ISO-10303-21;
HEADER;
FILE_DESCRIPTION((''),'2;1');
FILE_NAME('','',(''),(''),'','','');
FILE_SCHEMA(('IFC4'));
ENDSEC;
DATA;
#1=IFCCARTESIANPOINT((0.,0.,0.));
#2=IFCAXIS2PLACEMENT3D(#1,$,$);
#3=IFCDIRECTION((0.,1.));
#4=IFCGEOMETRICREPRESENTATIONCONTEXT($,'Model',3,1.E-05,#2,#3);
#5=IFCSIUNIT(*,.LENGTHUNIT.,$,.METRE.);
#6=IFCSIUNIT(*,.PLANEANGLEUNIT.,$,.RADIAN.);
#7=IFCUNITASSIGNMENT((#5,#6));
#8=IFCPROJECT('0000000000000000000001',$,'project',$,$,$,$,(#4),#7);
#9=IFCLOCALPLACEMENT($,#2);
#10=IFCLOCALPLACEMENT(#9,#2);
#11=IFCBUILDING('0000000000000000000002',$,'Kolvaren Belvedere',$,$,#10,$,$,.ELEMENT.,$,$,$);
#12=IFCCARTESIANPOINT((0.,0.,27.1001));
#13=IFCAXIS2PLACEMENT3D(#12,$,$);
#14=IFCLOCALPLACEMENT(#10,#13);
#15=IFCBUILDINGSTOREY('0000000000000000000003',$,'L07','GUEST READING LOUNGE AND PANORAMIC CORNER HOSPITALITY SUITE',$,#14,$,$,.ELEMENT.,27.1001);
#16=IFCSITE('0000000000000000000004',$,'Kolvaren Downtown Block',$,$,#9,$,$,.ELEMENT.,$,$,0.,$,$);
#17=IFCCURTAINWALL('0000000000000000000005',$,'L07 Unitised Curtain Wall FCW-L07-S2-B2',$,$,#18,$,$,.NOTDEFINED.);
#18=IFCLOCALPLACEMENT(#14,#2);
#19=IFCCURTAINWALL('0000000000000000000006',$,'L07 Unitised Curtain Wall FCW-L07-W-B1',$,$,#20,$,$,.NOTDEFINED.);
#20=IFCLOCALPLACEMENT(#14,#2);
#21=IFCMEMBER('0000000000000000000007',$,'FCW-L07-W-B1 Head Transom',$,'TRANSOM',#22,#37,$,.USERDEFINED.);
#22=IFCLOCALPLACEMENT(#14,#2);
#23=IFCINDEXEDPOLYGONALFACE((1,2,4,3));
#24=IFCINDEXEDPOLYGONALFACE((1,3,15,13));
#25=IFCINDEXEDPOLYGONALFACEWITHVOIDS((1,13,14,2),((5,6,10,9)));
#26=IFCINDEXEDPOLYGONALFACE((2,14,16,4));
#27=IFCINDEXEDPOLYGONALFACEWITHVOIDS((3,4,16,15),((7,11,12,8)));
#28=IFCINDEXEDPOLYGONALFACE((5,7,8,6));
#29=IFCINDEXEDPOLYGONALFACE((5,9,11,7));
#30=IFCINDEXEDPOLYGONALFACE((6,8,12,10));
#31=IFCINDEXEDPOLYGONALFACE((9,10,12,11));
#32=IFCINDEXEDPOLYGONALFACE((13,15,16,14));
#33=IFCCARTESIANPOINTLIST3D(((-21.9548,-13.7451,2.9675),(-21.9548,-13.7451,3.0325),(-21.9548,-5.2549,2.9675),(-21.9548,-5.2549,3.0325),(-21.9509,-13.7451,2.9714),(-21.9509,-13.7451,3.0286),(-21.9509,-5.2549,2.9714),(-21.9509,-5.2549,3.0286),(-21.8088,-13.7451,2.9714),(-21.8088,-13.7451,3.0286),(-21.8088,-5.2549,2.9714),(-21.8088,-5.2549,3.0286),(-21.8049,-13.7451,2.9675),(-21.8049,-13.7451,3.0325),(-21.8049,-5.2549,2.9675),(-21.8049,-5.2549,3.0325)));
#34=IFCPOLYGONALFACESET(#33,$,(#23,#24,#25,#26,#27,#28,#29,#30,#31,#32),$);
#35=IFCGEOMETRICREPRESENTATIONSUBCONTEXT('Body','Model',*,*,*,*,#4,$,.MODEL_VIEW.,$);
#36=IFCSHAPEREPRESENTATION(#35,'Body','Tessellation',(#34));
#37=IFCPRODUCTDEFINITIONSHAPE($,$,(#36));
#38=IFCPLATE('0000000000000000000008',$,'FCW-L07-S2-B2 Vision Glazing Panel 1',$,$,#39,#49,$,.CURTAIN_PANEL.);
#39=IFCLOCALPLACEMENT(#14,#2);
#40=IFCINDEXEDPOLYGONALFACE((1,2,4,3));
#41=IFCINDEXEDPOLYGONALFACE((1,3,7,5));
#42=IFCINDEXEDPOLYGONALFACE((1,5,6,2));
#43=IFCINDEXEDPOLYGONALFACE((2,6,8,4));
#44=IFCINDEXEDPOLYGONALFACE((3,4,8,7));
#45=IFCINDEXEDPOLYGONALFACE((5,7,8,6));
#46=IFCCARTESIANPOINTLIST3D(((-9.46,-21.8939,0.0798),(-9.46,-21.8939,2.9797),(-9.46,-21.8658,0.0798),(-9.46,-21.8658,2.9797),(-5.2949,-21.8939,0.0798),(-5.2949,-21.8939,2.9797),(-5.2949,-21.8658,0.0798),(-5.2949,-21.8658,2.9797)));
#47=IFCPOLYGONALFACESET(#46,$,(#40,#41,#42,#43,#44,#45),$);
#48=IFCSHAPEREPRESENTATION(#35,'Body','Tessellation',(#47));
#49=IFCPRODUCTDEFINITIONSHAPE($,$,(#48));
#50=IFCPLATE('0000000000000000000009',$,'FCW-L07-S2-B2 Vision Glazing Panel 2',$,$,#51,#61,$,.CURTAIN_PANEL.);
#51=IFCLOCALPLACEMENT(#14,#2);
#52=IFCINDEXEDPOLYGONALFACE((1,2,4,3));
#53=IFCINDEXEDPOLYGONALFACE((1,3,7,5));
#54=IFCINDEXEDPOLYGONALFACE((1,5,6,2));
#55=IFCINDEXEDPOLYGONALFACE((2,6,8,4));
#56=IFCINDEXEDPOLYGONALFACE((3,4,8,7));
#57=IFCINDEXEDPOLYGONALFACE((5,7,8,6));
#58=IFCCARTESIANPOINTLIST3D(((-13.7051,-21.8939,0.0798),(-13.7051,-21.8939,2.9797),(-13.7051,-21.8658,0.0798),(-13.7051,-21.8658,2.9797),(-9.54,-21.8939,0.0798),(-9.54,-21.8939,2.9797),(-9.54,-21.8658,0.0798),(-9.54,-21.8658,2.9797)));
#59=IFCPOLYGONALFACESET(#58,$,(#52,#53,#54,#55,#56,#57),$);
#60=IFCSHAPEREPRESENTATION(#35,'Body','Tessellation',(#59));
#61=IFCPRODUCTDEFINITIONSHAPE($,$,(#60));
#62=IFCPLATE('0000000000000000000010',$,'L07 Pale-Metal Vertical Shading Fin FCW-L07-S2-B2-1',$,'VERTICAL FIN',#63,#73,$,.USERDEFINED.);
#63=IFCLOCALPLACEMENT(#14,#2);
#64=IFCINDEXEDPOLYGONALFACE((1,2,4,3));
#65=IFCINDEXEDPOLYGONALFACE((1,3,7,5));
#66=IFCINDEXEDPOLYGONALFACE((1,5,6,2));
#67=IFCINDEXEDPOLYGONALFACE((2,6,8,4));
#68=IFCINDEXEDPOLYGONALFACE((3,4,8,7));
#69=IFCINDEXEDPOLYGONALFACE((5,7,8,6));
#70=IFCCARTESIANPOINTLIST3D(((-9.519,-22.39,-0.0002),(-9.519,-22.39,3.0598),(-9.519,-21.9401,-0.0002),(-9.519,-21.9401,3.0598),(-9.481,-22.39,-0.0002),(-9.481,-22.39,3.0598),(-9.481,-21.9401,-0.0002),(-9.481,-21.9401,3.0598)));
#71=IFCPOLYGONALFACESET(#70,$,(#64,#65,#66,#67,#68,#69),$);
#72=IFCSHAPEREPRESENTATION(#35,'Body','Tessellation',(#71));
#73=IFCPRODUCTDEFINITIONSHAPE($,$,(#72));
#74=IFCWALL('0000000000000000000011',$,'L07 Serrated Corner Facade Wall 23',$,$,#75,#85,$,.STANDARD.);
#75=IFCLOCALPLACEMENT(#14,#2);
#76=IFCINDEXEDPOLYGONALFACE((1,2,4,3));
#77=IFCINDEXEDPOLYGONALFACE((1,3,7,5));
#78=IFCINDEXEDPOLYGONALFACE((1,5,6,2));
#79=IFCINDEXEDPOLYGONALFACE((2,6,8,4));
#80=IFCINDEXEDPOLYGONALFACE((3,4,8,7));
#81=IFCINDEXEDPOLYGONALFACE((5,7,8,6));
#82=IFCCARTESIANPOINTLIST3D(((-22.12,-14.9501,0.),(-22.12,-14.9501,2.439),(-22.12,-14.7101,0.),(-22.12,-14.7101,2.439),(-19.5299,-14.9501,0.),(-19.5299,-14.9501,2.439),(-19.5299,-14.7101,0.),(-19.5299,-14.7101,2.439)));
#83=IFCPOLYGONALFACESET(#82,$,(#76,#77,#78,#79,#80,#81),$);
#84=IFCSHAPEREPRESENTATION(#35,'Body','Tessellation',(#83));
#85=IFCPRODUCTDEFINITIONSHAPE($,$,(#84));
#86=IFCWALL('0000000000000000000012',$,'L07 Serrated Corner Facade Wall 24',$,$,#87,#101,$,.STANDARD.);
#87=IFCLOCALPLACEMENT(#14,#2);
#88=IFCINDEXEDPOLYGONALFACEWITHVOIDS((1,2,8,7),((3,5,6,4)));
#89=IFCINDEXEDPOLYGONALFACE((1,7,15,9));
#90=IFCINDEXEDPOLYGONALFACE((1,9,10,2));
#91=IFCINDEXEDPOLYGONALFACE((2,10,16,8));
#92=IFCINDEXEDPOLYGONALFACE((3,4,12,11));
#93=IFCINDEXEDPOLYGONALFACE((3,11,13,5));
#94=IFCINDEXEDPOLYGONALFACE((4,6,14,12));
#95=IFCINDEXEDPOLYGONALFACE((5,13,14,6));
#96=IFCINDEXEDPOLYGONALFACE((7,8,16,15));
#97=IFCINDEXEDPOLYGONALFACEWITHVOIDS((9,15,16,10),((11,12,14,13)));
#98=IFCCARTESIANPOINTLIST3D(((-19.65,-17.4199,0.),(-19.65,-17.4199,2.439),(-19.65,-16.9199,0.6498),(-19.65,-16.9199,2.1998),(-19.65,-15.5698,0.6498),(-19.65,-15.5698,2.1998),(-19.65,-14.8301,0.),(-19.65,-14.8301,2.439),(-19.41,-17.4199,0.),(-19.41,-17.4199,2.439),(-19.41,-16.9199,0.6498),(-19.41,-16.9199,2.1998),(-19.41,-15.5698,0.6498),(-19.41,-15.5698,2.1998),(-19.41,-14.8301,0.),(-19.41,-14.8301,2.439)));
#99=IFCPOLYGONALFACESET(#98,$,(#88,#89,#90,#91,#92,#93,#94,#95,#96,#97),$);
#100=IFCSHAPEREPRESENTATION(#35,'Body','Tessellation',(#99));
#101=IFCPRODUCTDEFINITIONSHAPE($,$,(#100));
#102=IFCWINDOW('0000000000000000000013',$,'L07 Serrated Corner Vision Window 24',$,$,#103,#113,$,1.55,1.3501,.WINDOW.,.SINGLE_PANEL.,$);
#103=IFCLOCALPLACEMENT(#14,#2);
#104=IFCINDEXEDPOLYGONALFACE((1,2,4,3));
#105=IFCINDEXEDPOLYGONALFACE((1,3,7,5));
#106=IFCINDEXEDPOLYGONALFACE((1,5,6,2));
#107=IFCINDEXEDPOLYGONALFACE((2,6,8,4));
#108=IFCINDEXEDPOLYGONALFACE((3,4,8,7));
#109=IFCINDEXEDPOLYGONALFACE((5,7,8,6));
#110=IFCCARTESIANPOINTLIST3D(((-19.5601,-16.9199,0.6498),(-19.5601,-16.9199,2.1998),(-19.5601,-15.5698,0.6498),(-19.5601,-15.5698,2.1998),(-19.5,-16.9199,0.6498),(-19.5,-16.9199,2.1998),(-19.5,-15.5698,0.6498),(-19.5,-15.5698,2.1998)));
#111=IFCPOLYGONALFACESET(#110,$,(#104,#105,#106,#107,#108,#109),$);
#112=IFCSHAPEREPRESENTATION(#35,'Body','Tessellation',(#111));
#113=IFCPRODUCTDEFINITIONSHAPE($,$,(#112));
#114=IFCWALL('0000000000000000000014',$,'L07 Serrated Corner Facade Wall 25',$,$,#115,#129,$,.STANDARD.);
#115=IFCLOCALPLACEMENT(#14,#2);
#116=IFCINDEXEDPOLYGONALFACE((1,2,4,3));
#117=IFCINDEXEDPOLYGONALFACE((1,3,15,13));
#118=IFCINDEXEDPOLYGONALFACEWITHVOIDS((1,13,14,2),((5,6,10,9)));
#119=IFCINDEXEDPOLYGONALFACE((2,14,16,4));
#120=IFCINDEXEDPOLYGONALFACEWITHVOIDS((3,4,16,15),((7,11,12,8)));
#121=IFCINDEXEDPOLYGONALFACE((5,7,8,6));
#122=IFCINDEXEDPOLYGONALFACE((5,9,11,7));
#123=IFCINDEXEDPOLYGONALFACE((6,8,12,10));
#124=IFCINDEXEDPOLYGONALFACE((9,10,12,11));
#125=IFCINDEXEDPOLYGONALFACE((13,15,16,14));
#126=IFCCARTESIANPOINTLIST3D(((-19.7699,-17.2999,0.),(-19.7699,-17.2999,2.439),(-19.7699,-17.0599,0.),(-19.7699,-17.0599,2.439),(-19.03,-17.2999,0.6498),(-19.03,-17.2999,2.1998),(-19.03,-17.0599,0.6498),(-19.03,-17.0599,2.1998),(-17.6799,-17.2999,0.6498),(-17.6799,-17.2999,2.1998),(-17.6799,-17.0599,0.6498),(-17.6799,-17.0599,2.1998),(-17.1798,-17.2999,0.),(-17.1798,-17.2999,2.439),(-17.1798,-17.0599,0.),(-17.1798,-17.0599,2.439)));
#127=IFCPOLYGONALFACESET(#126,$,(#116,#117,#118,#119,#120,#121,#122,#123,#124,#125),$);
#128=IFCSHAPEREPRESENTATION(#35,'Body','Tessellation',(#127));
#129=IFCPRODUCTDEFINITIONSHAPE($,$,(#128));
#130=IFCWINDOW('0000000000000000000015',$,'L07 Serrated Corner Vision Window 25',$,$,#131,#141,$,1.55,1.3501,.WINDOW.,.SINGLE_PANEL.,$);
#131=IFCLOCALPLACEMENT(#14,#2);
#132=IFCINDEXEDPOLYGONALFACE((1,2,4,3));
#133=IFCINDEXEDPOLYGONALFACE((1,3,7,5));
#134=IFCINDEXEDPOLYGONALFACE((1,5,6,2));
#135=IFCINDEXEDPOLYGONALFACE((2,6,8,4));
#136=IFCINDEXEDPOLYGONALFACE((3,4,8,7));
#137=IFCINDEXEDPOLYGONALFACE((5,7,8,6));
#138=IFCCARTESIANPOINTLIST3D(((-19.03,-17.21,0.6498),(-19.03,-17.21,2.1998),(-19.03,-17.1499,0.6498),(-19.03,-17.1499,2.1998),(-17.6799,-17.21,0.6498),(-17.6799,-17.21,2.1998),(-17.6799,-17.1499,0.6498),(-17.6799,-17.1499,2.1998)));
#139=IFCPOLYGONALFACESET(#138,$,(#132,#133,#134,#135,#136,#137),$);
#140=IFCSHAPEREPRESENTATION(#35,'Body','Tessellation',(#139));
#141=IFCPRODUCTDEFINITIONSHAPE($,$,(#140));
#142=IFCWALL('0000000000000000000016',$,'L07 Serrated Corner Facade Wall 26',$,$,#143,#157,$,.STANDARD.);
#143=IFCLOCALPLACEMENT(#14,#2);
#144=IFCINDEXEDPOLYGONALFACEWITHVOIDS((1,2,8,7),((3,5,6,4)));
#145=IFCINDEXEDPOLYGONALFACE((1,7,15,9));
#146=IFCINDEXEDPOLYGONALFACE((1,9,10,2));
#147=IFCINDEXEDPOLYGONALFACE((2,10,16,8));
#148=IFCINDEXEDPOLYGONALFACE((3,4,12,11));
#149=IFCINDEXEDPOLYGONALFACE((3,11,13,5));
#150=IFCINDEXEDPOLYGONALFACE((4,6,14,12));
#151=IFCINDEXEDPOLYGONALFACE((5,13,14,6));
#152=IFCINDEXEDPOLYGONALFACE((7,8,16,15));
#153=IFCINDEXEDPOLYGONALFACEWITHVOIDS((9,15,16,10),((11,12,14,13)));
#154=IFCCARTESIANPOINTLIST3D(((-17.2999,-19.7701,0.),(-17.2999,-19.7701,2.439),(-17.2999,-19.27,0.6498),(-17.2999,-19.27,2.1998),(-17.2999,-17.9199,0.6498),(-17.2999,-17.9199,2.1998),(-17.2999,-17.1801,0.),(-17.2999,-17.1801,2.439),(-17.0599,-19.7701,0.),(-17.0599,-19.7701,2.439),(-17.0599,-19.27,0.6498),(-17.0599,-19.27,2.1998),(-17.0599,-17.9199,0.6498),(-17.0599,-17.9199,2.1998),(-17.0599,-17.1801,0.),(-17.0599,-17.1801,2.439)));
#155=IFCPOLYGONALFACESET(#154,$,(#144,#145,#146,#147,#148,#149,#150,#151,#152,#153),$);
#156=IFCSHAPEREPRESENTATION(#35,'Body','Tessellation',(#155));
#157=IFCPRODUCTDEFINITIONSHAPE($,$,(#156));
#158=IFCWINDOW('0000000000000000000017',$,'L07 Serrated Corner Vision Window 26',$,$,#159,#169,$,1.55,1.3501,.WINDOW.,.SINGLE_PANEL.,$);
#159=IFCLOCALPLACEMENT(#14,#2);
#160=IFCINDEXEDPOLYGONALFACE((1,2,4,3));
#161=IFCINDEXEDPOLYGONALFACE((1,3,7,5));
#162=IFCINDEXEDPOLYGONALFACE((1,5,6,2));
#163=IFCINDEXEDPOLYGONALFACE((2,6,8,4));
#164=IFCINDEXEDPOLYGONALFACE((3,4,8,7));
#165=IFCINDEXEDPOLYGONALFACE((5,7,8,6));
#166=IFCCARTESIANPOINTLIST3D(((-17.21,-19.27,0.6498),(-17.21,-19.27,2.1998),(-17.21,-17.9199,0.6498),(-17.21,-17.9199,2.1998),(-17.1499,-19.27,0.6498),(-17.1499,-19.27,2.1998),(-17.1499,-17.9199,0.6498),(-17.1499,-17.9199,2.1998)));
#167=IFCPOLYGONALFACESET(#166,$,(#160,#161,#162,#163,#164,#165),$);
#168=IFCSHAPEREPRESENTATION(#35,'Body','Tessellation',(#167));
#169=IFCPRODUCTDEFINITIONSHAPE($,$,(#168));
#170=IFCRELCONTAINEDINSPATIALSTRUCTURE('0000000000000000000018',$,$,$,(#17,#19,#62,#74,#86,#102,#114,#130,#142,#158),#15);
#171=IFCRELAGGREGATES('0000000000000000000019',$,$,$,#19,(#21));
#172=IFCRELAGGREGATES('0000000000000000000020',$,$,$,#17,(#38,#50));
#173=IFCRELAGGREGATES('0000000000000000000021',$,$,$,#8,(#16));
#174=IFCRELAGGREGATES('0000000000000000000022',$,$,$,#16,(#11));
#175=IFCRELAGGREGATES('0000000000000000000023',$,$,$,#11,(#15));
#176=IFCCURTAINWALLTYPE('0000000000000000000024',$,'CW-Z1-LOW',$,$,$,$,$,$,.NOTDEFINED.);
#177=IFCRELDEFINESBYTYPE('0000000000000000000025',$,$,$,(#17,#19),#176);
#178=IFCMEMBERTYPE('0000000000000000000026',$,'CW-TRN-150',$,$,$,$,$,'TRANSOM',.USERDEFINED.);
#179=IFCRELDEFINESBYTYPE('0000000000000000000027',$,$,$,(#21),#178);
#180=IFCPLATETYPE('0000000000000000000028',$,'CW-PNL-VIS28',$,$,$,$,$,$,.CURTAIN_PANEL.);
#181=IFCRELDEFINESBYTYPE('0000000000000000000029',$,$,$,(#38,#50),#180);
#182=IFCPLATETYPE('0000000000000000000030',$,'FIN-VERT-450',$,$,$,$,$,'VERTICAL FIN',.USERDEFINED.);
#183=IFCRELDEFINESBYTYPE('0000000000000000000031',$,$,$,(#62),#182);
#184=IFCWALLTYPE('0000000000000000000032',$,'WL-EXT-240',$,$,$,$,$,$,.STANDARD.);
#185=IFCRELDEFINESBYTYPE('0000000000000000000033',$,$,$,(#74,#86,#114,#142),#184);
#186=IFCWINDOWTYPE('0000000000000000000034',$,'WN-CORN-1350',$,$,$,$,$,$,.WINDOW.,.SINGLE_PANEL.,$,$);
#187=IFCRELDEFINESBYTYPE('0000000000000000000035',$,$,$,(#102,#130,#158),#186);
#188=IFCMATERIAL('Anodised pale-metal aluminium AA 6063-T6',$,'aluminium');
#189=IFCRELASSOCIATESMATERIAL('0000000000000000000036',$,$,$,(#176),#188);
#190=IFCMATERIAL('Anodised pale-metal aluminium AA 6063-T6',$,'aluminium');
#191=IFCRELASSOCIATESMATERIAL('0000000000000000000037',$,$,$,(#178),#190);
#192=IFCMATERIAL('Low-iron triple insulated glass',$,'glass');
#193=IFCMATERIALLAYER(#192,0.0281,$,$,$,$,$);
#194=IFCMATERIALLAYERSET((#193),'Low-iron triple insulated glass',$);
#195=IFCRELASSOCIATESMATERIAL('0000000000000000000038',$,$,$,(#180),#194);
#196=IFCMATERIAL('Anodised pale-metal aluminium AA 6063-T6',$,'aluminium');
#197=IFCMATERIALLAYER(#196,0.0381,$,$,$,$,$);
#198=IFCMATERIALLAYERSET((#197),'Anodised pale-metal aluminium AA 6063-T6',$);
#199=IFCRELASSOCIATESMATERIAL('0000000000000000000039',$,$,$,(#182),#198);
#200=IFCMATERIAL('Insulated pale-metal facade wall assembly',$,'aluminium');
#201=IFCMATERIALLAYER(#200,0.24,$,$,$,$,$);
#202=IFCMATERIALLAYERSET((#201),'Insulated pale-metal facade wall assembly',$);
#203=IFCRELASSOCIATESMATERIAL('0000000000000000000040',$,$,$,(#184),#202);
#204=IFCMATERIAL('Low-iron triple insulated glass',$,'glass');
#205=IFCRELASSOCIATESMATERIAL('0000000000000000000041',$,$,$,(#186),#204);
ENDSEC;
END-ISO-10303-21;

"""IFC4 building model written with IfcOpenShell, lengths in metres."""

from ifc_helpers import new_model, si_unit, direction, frame, frame_2d, origin, origin_2d, place, context, subcontext, project, spatial, rectangle, hollow_rectangle, extrude, material, layer, layer_set, material_profile, profile_set, type_object, element, fill, aggregate, save


model = new_model("IFC4")

# Units and contexts
model_context = context("Model", 3, precision=1e-05, world=origin(), true_north=direction((0.0, 1.0)))
body_context = subcontext(model_context, "Body", "Model", "MODEL_VIEW")
ifc_project = project(units=[si_unit("LENGTHUNIT", "METRE"), si_unit("PLANEANGLEUNIT", "RADIAN")], contexts=[model_context])

# Site, building, storey
site_placement = place(None, origin())
site = spatial("IfcSite", under=ifc_project, at=site_placement, Name="Kolvaren Downtown Block", CompositionType="ELEMENT", RefElevation=0.0)
building_placement = place(site_placement, origin())
building = spatial("IfcBuilding", under=site, at=building_placement, Name="Kolvaren Belvedere", CompositionType="ELEMENT")
storey_placement = place(building_placement, frame((0.0, 0.0, 27.1001)))
storey = spatial("IfcBuildingStorey", under=building, at=storey_placement, Name="L07", Description="GUEST READING LOUNGE AND PANORAMIC CORNER HOSPITALITY SUITE", CompositionType="ELEMENT", Elevation=27.1001)

# Curtain walls, member
ifc_material_1 = material(Name="Anodised pale-metal aluminium AA 6063-T6", Category="aluminium")
curtain_wall_type = type_object("IfcCurtainWallType", Name="CW-Z1-LOW", PredefinedType="NOTDEFINED", material=ifc_material_1)
curtain_wall_1_placement = place(storey_placement, origin())
curtain_wall_1 = element("IfcCurtainWall", 1, at=curtain_wall_1_placement, inside=storey, type_object=curtain_wall_type, Name="L07 Unitised Curtain Wall FCW-L07-S2-B2", PredefinedType="NOTDEFINED")
curtain_wall_2_placement = place(storey_placement, origin())
curtain_wall_2 = element("IfcCurtainWall", 2, at=curtain_wall_2_placement, inside=storey, type_object=curtain_wall_type, Name="L07 Unitised Curtain Wall FCW-L07-W-B1", PredefinedType="NOTDEFINED")
ifc_material_2 = material(Name="Anodised pale-metal aluminium AA 6063-T6", Category="aluminium")
ifc_material_profile_1 = material_profile(ifc_material_2, hollow_rectangle(XDim=0.0649, YDim=0.1499, WallThickness=0.0039, at=origin_2d()), Name="ALU-TRN-150X65")
ifc_profile_set_1 = profile_set([ifc_material_profile_1], Name="Anodised pale-metal aluminium AA 6063-T6")
member_type_1 = type_object("IfcMemberType", Name="CW-TRN-150", ElementType="TRANSOM", PredefinedType="USERDEFINED", material=ifc_profile_set_1)
member_1_placement = place(storey_placement, frame((-21.8799, -13.7451, 3.0), z_axis=(0.0, 1.0, 0.0), x_axis=(0.0, 0.0, 1.0)))
member_1 = element("IfcMember", 3, at=member_1_placement, type_object=member_type_1, Name="FCW-L07-W-B1 Head Transom", ObjectType="TRANSOM", PredefinedType="USERDEFINED", context=body_context, shape_type="SweptSolid", body=[
    extrude(hollow_rectangle(XDim=0.0649, YDim=0.1499, WallThickness=0.0039, at=origin_2d()), origin(), (0.0, 0.0, 1.0), 8.4902),
])
aggregate(curtain_wall_2, [member_1])

# Plates
ifc_material_3 = material(Name="Low-iron triple insulated glass", Category="glass")
ifc_layer_1 = layer(ifc_material_3, 0.0281)
ifc_layer_set_1 = layer_set([ifc_layer_1], Name="Low-iron triple insulated glass")
plate_type_1 = type_object("IfcPlateType", Name="CW-PNL-VIS28", PredefinedType="CURTAIN_PANEL", material=ifc_layer_set_1)
plate_1_placement = place(storey_placement, frame((-7.3774, -21.8799, 0.0798), z_axis=(0.0, 0.0, 1.0), x_axis=(-1.0, 0.0, 0.0)))
plate_1 = element("IfcPlate", 4, at=plate_1_placement, type_object=plate_type_1, Name="FCW-L07-S2-B2 Vision Glazing Panel 1", PredefinedType="CURTAIN_PANEL", context=body_context, shape_type="SweptSolid", body=[
    extrude(rectangle(XDim=4.165, YDim=0.0281, at=origin_2d()), origin(), (0.0, 0.0, 1.0), 2.8999),
])
plate_2_placement = place(storey_placement, frame((-11.6226, -21.8799, 0.0798), z_axis=(0.0, 0.0, 1.0), x_axis=(-1.0, 0.0, 0.0)))
plate_2 = element("IfcPlate", 5, at=plate_2_placement, type_object=plate_type_1, Name="FCW-L07-S2-B2 Vision Glazing Panel 2", PredefinedType="CURTAIN_PANEL", context=body_context, shape_type="SweptSolid", body=[
    extrude(rectangle(XDim=4.165, YDim=0.0281, at=origin_2d()), origin(), (0.0, 0.0, 1.0), 2.8999),
])
aggregate(curtain_wall_1, [plate_1, plate_2])
ifc_material_4 = material(Name="Anodised pale-metal aluminium AA 6063-T6", Category="aluminium")
ifc_layer_2 = layer(ifc_material_4, 0.0381)
ifc_layer_set_2 = layer_set([ifc_layer_2], Name="Anodised pale-metal aluminium AA 6063-T6")
plate_type_2 = type_object("IfcPlateType", Name="FIN-VERT-450", ElementType="VERTICAL FIN", PredefinedType="USERDEFINED", material=ifc_layer_set_2)
plate_3_placement = place(storey_placement, frame((-9.5, -22.165, -0.0002), z_axis=(0.0, 0.0, 1.0), x_axis=(0.0, 1.0, 0.0)))
element("IfcPlate", 6, at=plate_3_placement, inside=storey, type_object=plate_type_2, Name="L07 Pale-Metal Vertical Shading Fin FCW-L07-S2-B2-1", ObjectType="VERTICAL FIN", PredefinedType="USERDEFINED", context=body_context, shape_type="SweptSolid", body=[
    extrude(rectangle(XDim=0.45, YDim=0.0381, at=origin_2d()), origin(), (0.0, 0.0, 1.0), 3.0601),
])

# Wall
ifc_material_5 = material(Name="Insulated pale-metal facade wall assembly", Category="aluminium")
ifc_layer_3 = layer(ifc_material_5, 0.24)
ifc_layer_set_3 = layer_set([ifc_layer_3], Name="Insulated pale-metal facade wall assembly")
wall_type_1 = type_object("IfcWallType", Name="WL-EXT-240", PredefinedType="STANDARD", material=ifc_layer_set_3)
wall_1_placement = place(storey_placement, frame((-19.53, -14.8301, 0.0), z_axis=(0.0, 0.0, 1.0), x_axis=(-1.0, 0.0, 0.0)))
element("IfcWall", 7, at=wall_1_placement, inside=storey, type_object=wall_type_1, Name="L07 Serrated Corner Facade Wall 23", PredefinedType="STANDARD", context=body_context, shape_type="SweptSolid", body=[
    extrude(rectangle(XDim=2.5901, YDim=0.24, at=frame_2d((1.2949, 0.0))), origin(), (0.0, 0.0, 1.0), 2.439),
])

# Walls, openings, windows
wall_2_placement = place(storey_placement, frame((-19.53, -17.4199, 0.0), z_axis=(0.0, 0.0, 1.0), x_axis=(0.0, 1.0, 0.0)))
wall_2 = element("IfcWall", 8, at=wall_2_placement, inside=storey, type_object=wall_type_1, Name="L07 Serrated Corner Facade Wall 24", PredefinedType="STANDARD", context=body_context, shape_type="SweptSolid", body=[
    extrude(rectangle(XDim=2.5898, YDim=0.24, at=frame_2d((1.2949, 0.0))), origin(), (0.0, 0.0, 1.0), 2.439),
])
opening_1_placement = place(wall_2_placement, frame((0.5, 0.0, 0.6499)))
opening_1 = element("IfcOpeningElement", 9, at=opening_1_placement, cuts=wall_2, PredefinedType="OPENING", context=body_context, shape_type="SweptSolid", body=[
    extrude(rectangle(XDim=1.3501, YDim=1.55, at=frame_2d((0.675, 0.7749))), frame((0.0, 0.1299, 0.0), z_axis=(0.0, -1.0, 0.0), x_axis=(1.0, 0.0, 0.0)), (0.0, 0.0, 1.0), 0.26),
])
ifc_material_6 = material(Name="Low-iron triple insulated glass", Category="glass")
window_type = type_object("IfcWindowType", Name="WN-CORN-1350", PartitioningType="SINGLE_PANEL", PredefinedType="WINDOW", material=ifc_material_6)
window_1_placement = place(opening_1_placement, origin())
window_1 = element("IfcWindow", 10, at=window_1_placement, inside=storey, type_object=window_type, Name="L07 Serrated Corner Vision Window 24", OverallHeight=1.55, OverallWidth=1.3501, PartitioningType="SINGLE_PANEL", PredefinedType="WINDOW", context=body_context, shape_type="SweptSolid", body=[
    extrude(rectangle(XDim=1.3501, YDim=1.55, at=frame_2d((0.675, 0.7749))), frame((0.0, 0.03, 0.0), z_axis=(0.0, -1.0, 0.0), x_axis=(1.0, 0.0, 0.0)), (0.0, 0.0, 1.0), 0.0601),
])
fill(opening_1, window_1)
wall_3_placement = place(storey_placement, frame((-17.1799, -17.1799, 0.0), z_axis=(0.0, 0.0, 1.0), x_axis=(-1.0, 0.0, 0.0)))
wall_3 = element("IfcWall", 11, at=wall_3_placement, inside=storey, type_object=wall_type_1, Name="L07 Serrated Corner Facade Wall 25", PredefinedType="STANDARD", context=body_context, shape_type="SweptSolid", body=[
    extrude(rectangle(XDim=2.5901, YDim=0.24, at=frame_2d((1.2949, 0.0))), origin(), (0.0, 0.0, 1.0), 2.439),
])
opening_2_placement = place(wall_3_placement, frame((0.5, 0.0, 0.6499)))
opening_2 = element("IfcOpeningElement", 12, at=opening_2_placement, cuts=wall_3, PredefinedType="OPENING", context=body_context, shape_type="SweptSolid", body=[
    extrude(rectangle(XDim=1.3501, YDim=1.55, at=frame_2d((0.675, 0.7749))), frame((0.0, 0.1299, 0.0), z_axis=(0.0, -1.0, 0.0), x_axis=(1.0, 0.0, 0.0)), (0.0, 0.0, 1.0), 0.26),
])
window_2_placement = place(opening_2_placement, origin())
window_2 = element("IfcWindow", 13, at=window_2_placement, inside=storey, type_object=window_type, Name="L07 Serrated Corner Vision Window 25", OverallHeight=1.55, OverallWidth=1.3501, PartitioningType="SINGLE_PANEL", PredefinedType="WINDOW", context=body_context, shape_type="SweptSolid", body=[
    extrude(rectangle(XDim=1.3501, YDim=1.55, at=frame_2d((0.675, 0.7749))), frame((0.0, 0.03, 0.0), z_axis=(0.0, -1.0, 0.0), x_axis=(1.0, 0.0, 0.0)), (0.0, 0.0, 1.0), 0.0601),
])
fill(opening_2, window_2)
wall_4_placement = place(storey_placement, frame((-17.1799, -19.77, 0.0), z_axis=(0.0, 0.0, 1.0), x_axis=(0.0, 1.0, 0.0)))
wall_4 = element("IfcWall", 14, at=wall_4_placement, inside=storey, type_object=wall_type_1, Name="L07 Serrated Corner Facade Wall 26", PredefinedType="STANDARD", context=body_context, shape_type="SweptSolid", body=[
    extrude(rectangle(XDim=2.5901, YDim=0.24, at=frame_2d((1.2949, 0.0))), origin(), (0.0, 0.0, 1.0), 2.439),
])
opening_3_placement = place(wall_4_placement, frame((0.5, 0.0, 0.6499)))
opening_3 = element("IfcOpeningElement", 15, at=opening_3_placement, cuts=wall_4, PredefinedType="OPENING", context=body_context, shape_type="SweptSolid", body=[
    extrude(rectangle(XDim=1.3501, YDim=1.55, at=frame_2d((0.675, 0.7749))), frame((0.0, 0.1299, 0.0), z_axis=(0.0, -1.0, 0.0), x_axis=(1.0, 0.0, 0.0)), (0.0, 0.0, 1.0), 0.26),
])
window_3_placement = place(opening_3_placement, origin())
window_3 = element("IfcWindow", 16, at=window_3_placement, inside=storey, type_object=window_type, Name="L07 Serrated Corner Vision Window 26", OverallHeight=1.55, OverallWidth=1.3501, PartitioningType="SINGLE_PANEL", PredefinedType="WINDOW", context=body_context, shape_type="SweptSolid", body=[
    extrude(rectangle(XDim=1.3501, YDim=1.55, at=frame_2d((0.675, 0.7749))), frame((0.0, 0.03, 0.0), z_axis=(0.0, -1.0, 0.0), x_axis=(1.0, 0.0, 0.0)), (0.0, 0.0, 1.0), 0.0601),
])
fill(opening_3, window_3)

save(model, "model.ifc")
